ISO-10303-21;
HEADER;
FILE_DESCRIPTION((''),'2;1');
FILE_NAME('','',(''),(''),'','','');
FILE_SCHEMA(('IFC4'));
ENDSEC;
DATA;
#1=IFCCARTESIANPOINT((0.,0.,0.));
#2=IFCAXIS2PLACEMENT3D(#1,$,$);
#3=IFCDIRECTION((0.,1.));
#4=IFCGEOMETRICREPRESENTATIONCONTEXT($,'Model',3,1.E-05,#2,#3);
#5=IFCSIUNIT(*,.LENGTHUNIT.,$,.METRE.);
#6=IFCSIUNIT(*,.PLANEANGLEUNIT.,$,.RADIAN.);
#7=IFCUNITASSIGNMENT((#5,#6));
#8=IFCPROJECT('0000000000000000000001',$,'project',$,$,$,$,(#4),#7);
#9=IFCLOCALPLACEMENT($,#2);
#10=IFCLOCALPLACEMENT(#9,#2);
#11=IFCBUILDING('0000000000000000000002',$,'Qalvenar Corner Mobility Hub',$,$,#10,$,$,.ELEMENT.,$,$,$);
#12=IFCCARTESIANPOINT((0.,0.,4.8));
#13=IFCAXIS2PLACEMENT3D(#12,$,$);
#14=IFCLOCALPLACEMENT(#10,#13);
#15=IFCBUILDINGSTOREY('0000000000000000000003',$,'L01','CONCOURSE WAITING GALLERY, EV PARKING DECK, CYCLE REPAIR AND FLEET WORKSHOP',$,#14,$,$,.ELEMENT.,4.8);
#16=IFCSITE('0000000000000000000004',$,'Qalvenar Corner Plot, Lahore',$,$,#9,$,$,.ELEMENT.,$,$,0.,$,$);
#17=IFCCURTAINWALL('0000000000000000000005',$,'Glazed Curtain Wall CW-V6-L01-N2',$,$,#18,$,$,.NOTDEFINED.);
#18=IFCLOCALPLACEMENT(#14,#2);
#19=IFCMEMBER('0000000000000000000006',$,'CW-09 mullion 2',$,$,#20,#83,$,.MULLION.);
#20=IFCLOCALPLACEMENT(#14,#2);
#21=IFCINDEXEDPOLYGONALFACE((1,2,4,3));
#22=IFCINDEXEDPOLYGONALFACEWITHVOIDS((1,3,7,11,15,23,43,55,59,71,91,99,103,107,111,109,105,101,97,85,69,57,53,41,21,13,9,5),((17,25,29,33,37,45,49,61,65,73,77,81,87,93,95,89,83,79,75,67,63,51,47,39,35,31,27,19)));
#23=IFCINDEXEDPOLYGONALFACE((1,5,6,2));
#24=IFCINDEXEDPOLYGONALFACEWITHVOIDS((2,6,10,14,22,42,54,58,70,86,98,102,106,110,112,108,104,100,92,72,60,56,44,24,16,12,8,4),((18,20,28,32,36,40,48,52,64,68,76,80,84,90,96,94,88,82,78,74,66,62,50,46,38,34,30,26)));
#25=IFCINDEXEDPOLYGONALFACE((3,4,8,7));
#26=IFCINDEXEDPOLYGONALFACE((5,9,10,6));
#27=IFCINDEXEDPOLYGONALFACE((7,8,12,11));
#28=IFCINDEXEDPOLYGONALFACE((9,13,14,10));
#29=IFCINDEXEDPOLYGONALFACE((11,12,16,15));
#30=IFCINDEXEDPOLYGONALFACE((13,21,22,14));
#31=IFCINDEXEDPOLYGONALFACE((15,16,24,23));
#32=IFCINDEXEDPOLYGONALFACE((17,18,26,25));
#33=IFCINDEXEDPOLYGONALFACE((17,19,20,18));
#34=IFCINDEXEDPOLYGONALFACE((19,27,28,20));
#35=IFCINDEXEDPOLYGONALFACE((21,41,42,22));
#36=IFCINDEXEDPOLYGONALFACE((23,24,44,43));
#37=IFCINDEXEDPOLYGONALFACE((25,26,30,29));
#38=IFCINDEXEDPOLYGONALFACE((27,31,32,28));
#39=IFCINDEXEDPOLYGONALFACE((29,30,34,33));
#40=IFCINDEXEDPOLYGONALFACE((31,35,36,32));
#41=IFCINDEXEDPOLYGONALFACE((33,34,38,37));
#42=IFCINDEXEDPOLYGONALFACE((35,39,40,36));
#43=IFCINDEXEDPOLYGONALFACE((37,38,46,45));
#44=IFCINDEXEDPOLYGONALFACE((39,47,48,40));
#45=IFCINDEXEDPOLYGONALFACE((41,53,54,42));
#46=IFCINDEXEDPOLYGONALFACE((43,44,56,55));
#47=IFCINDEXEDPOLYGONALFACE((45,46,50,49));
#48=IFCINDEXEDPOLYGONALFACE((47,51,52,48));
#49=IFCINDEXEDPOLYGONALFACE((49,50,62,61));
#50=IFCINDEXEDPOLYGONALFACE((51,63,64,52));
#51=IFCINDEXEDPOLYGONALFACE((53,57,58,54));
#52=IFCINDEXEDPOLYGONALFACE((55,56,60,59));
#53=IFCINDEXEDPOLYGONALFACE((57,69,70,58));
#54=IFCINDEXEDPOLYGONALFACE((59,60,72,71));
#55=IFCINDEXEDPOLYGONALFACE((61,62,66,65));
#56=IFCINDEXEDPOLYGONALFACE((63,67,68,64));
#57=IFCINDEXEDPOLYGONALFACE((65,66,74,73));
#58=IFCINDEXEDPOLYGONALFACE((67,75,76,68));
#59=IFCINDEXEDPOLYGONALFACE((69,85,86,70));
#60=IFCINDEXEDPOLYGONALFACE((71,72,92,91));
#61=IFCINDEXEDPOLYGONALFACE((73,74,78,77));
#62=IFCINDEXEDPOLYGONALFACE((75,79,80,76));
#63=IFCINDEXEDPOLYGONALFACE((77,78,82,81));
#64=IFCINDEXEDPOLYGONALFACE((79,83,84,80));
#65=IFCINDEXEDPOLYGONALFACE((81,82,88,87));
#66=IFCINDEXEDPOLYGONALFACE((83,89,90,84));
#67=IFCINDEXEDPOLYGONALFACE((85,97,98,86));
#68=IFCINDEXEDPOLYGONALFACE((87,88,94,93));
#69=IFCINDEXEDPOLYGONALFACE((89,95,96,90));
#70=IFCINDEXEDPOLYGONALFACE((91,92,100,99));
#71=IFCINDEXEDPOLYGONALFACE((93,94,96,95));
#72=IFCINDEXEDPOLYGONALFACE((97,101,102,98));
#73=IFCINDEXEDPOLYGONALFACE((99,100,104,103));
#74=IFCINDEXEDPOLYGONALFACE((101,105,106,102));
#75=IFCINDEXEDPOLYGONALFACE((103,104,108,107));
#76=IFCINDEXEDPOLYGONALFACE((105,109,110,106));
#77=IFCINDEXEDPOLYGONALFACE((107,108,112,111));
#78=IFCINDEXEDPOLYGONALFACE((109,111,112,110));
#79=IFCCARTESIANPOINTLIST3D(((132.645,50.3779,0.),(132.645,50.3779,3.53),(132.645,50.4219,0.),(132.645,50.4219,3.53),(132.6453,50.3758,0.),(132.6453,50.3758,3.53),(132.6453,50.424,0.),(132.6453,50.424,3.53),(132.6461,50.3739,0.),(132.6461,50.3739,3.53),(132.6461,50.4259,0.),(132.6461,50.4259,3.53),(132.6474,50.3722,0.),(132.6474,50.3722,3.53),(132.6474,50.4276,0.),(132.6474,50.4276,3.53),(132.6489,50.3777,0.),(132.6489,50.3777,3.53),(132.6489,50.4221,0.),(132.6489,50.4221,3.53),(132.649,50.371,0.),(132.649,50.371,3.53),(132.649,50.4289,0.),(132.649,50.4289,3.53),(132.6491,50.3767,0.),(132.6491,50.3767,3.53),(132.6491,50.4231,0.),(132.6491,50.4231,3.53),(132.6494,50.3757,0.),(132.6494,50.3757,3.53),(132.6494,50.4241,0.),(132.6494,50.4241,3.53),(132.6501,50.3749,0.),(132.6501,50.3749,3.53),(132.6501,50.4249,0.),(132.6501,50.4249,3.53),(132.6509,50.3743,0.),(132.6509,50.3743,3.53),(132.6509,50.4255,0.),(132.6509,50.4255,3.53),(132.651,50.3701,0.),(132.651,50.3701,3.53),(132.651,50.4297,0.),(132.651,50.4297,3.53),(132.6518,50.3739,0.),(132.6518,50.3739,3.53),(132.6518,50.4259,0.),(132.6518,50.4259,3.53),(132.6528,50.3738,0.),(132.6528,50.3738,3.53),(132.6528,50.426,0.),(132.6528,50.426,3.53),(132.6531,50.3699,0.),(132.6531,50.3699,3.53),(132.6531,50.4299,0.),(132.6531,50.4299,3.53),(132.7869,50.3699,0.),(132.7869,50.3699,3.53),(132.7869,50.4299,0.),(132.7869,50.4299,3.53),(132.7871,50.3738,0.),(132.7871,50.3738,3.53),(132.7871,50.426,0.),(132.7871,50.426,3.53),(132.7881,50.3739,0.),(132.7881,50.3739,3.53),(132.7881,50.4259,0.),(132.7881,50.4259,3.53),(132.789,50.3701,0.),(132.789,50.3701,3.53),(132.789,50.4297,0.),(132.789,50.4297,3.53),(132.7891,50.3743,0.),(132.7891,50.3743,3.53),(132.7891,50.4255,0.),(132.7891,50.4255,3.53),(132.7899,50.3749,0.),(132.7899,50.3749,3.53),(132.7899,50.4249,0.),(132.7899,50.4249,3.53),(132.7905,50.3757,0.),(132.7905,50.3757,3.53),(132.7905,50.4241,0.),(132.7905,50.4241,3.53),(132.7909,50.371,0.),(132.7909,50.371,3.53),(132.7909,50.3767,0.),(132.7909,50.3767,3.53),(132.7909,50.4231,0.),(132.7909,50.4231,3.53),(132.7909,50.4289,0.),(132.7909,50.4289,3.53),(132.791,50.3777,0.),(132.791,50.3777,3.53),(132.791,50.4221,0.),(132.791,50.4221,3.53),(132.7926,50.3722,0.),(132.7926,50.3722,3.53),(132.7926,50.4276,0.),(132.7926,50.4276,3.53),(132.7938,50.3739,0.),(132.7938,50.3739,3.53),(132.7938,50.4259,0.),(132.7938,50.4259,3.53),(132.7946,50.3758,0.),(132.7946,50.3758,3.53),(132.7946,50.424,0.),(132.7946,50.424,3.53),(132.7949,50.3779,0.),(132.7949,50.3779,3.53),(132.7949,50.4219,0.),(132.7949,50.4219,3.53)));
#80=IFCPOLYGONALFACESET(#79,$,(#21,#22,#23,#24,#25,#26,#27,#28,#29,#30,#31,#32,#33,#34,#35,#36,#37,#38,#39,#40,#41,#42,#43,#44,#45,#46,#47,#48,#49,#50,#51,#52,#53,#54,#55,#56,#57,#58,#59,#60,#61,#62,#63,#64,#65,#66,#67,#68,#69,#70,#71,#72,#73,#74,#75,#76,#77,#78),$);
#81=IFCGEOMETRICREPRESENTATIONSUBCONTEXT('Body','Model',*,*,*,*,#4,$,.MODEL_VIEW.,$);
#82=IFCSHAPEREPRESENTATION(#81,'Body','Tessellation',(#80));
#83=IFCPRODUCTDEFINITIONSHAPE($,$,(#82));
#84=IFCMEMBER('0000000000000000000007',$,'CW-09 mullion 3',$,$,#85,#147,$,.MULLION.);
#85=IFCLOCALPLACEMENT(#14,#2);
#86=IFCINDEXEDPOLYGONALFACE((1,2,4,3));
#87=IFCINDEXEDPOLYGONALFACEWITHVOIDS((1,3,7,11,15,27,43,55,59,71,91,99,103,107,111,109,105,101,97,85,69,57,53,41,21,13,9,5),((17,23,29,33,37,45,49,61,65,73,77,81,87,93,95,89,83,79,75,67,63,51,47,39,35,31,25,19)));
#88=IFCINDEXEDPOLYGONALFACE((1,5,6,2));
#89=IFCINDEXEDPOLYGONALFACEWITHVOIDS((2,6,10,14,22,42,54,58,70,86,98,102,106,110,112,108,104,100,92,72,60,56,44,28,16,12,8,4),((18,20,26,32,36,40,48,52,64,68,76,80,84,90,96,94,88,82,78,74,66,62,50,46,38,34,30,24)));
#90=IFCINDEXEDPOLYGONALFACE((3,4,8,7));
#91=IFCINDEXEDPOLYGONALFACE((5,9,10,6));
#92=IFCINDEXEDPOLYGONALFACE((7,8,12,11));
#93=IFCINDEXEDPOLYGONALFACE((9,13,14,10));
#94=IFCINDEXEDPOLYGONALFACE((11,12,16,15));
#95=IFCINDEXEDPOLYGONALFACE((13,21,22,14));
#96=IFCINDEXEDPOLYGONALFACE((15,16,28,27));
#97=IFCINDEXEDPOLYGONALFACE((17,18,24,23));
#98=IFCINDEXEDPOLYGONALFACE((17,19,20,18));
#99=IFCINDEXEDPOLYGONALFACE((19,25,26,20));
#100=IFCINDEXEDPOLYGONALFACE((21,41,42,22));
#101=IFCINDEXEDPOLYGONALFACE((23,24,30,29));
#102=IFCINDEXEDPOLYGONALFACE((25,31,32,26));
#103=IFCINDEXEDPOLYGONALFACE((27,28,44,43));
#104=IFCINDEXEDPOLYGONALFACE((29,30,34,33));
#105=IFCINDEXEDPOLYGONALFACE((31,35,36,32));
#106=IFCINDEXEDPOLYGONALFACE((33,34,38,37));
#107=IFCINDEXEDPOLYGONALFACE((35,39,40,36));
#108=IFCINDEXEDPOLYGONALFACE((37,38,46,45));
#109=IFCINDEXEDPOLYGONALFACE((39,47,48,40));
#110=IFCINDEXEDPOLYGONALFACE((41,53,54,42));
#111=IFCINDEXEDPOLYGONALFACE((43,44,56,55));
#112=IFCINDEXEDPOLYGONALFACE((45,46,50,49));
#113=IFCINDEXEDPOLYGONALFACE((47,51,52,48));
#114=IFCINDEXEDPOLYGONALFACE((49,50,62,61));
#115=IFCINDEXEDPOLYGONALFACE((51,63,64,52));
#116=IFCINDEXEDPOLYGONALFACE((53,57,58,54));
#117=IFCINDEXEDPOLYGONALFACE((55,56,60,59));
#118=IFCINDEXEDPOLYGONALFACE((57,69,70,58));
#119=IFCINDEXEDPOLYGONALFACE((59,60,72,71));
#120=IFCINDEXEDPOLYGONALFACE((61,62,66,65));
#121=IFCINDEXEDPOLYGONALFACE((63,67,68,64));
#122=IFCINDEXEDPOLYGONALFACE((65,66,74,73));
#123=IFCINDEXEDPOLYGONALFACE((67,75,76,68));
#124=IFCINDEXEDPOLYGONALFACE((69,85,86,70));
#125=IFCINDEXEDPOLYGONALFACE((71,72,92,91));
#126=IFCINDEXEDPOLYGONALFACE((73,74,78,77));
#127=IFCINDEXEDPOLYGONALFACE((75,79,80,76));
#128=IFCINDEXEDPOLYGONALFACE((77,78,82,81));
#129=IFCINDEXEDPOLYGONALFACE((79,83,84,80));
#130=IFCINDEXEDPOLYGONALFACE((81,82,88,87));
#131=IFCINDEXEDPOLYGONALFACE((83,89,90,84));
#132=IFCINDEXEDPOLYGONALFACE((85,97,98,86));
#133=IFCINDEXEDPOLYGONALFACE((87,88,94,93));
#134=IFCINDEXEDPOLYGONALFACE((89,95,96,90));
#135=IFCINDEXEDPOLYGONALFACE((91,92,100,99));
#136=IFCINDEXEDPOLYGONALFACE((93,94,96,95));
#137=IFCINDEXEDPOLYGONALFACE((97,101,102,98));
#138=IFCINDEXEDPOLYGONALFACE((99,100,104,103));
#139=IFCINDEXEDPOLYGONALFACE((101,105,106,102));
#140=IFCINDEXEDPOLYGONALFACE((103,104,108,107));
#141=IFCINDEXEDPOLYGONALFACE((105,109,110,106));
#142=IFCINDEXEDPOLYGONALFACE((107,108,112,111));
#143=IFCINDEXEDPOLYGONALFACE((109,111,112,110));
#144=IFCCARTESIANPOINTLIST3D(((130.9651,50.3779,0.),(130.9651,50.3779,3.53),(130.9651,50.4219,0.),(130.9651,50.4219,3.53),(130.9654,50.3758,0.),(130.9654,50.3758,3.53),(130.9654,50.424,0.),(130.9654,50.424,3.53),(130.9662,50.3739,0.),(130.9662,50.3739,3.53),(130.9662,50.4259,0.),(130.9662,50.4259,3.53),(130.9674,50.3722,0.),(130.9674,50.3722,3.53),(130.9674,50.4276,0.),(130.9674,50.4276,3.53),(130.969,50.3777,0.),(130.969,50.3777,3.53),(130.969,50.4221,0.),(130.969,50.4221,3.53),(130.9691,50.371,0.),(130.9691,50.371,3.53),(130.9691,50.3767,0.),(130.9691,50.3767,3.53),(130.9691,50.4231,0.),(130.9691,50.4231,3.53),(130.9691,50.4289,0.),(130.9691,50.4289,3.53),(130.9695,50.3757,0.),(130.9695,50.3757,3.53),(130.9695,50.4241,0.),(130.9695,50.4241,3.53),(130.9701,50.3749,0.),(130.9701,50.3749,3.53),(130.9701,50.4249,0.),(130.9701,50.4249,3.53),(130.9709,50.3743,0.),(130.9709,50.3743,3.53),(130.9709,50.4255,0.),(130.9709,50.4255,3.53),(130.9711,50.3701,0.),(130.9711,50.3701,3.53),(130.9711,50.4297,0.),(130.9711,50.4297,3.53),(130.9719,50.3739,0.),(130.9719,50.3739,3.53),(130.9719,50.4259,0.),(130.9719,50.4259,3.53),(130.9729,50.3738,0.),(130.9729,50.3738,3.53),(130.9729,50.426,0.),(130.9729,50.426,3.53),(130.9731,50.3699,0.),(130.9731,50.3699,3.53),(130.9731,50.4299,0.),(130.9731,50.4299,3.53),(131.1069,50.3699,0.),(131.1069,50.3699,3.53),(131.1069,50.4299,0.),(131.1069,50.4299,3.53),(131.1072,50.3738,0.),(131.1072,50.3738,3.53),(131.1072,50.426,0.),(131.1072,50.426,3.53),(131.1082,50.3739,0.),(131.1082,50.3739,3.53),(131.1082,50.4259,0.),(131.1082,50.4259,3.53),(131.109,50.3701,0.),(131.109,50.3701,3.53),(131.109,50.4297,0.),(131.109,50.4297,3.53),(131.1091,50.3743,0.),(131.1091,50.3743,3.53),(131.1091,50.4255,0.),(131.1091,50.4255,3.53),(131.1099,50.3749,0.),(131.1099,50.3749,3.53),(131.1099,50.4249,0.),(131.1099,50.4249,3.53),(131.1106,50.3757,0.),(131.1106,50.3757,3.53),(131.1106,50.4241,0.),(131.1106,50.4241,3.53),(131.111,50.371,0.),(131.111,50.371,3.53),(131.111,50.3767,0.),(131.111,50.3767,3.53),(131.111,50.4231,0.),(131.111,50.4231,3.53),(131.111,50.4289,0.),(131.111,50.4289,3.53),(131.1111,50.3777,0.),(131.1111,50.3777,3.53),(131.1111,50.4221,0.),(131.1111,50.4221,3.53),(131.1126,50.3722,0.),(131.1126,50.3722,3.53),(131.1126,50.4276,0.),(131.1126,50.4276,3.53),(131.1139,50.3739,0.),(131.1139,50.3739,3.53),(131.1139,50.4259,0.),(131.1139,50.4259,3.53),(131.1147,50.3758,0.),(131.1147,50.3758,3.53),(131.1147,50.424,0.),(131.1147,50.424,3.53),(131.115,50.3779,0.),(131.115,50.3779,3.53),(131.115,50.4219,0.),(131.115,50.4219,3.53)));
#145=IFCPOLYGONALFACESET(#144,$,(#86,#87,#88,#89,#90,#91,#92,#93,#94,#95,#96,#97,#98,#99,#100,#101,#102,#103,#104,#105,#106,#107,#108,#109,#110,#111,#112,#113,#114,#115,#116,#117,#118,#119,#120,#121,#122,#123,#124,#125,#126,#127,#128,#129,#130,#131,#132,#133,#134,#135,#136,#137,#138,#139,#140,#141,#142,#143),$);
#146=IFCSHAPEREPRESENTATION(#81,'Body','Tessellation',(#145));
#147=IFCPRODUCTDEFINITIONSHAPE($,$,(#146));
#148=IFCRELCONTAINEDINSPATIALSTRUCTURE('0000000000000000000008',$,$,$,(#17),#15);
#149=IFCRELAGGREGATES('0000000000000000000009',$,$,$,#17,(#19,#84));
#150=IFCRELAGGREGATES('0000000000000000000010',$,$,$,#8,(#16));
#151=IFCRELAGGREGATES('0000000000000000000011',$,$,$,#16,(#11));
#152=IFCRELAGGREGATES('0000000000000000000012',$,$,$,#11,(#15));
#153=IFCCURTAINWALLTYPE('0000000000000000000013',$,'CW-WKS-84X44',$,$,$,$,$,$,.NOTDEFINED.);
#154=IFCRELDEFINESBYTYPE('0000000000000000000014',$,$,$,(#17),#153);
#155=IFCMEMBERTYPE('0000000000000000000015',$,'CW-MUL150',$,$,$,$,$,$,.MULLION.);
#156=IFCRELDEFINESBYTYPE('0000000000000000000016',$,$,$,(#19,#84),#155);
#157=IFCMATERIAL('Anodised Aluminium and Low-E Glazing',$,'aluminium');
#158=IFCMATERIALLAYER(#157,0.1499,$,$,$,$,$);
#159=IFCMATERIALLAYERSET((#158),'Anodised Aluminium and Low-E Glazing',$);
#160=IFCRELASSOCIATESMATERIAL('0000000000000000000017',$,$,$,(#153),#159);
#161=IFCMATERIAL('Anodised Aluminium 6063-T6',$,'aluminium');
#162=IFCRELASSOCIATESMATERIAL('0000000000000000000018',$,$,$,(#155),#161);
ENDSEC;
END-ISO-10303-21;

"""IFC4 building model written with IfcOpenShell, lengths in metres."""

from ifc_helpers import new_model, si_unit, direction, frame, origin, origin_2d, place, context, subcontext, project, spatial, hollow_rectangle, extrude, material, layer, layer_set, material_profile, profile_set, type_object, element, aggregate, save


model = new_model("IFC4")

# Units and contexts
model_context = context("Model", 3, precision=1e-05, world=origin(), true_north=direction((0.0, 1.0)))
body_context = subcontext(model_context, "Body", "Model", "MODEL_VIEW")
ifc_project = project(units=[si_unit("LENGTHUNIT", "METRE"), si_unit("PLANEANGLEUNIT", "RADIAN")], contexts=[model_context])

# Site, building, storey
site_placement = place(None, origin())
site = spatial("IfcSite", under=ifc_project, at=site_placement, Name="Qalvenar Corner Plot, Lahore", CompositionType="ELEMENT", RefElevation=0.0)
building_placement = place(site_placement, origin())
building = spatial("IfcBuilding", under=site, at=building_placement, Name="Qalvenar Corner Mobility Hub", CompositionType="ELEMENT")
storey_placement = place(building_placement, frame((0.0, 0.0, 4.8)))
storey = spatial("IfcBuildingStorey", under=building, at=storey_placement, Name="L01", Description="CONCOURSE WAITING GALLERY, EV PARKING DECK, CYCLE REPAIR AND FLEET WORKSHOP", CompositionType="ELEMENT", Elevation=4.8)

# Curtain wall, members
ifc_material_1 = material(Name="Anodised Aluminium and Low-E Glazing", Category="aluminium")
ifc_layer_1 = layer(ifc_material_1, 0.1499)
ifc_layer_set_1 = layer_set([ifc_layer_1], Name="Anodised Aluminium and Low-E Glazing")
curtain_wall_type = type_object("IfcCurtainWallType", Name="CW-WKS-84X44", PredefinedType="NOTDEFINED", material=ifc_layer_set_1)
curtain_wall_placement = place(storey_placement, origin())
curtain_wall = element("IfcCurtainWall", 1, at=curtain_wall_placement, inside=storey, type_object=curtain_wall_type, Name="Glazed Curtain Wall CW-V6-L01-N2", PredefinedType="NOTDEFINED")
ifc_material_2 = material(Name="Anodised Aluminium 6063-T6", Category="aluminium")
ifc_material_profile_1 = material_profile(ifc_material_2, hollow_rectangle(XDim=0.0601, YDim=0.1499, WallThickness=0.0039, InnerFilletRadius=0.0039, OuterFilletRadius=0.0081, at=origin_2d()), Name="RHS150x60x4")
ifc_profile_set_1 = profile_set([ifc_material_profile_1], Name="Anodised Aluminium 6063-T6")
member_type_1 = type_object("IfcMemberType", Name="CW-MUL150", PredefinedType="MULLION", material=ifc_profile_set_1)
member_1_placement = place(storey_placement, frame((132.72, 50.3999, 0.0), z_axis=(0.0, 0.0, 1.0), x_axis=(0.0, -1.0, 0.0)))
member_1 = element("IfcMember", 2, at=member_1_placement, type_object=member_type_1, Name="CW-09 mullion 2", PredefinedType="MULLION", context=body_context, shape_type="SweptSolid", body=[
    extrude(hollow_rectangle(XDim=0.0601, YDim=0.1499, WallThickness=0.0039, InnerFilletRadius=0.0039, OuterFilletRadius=0.0081, at=origin_2d()), origin(), (0.0, 0.0, 1.0), 3.53),
])
member_2_placement = place(storey_placement, frame((131.04, 50.3999, 0.0), z_axis=(0.0, 0.0, 1.0), x_axis=(0.0, -1.0, 0.0)))
member_2 = element("IfcMember", 3, at=member_2_placement, type_object=member_type_1, Name="CW-09 mullion 3", PredefinedType="MULLION", context=body_context, shape_type="SweptSolid", body=[
    extrude(hollow_rectangle(XDim=0.0601, YDim=0.1499, WallThickness=0.0039, InnerFilletRadius=0.0039, OuterFilletRadius=0.0081, at=origin_2d()), origin(), (0.0, 0.0, 1.0), 3.53),
])

aggregate(curtain_wall, [member_1, member_2])

save(model, "model.ifc")
